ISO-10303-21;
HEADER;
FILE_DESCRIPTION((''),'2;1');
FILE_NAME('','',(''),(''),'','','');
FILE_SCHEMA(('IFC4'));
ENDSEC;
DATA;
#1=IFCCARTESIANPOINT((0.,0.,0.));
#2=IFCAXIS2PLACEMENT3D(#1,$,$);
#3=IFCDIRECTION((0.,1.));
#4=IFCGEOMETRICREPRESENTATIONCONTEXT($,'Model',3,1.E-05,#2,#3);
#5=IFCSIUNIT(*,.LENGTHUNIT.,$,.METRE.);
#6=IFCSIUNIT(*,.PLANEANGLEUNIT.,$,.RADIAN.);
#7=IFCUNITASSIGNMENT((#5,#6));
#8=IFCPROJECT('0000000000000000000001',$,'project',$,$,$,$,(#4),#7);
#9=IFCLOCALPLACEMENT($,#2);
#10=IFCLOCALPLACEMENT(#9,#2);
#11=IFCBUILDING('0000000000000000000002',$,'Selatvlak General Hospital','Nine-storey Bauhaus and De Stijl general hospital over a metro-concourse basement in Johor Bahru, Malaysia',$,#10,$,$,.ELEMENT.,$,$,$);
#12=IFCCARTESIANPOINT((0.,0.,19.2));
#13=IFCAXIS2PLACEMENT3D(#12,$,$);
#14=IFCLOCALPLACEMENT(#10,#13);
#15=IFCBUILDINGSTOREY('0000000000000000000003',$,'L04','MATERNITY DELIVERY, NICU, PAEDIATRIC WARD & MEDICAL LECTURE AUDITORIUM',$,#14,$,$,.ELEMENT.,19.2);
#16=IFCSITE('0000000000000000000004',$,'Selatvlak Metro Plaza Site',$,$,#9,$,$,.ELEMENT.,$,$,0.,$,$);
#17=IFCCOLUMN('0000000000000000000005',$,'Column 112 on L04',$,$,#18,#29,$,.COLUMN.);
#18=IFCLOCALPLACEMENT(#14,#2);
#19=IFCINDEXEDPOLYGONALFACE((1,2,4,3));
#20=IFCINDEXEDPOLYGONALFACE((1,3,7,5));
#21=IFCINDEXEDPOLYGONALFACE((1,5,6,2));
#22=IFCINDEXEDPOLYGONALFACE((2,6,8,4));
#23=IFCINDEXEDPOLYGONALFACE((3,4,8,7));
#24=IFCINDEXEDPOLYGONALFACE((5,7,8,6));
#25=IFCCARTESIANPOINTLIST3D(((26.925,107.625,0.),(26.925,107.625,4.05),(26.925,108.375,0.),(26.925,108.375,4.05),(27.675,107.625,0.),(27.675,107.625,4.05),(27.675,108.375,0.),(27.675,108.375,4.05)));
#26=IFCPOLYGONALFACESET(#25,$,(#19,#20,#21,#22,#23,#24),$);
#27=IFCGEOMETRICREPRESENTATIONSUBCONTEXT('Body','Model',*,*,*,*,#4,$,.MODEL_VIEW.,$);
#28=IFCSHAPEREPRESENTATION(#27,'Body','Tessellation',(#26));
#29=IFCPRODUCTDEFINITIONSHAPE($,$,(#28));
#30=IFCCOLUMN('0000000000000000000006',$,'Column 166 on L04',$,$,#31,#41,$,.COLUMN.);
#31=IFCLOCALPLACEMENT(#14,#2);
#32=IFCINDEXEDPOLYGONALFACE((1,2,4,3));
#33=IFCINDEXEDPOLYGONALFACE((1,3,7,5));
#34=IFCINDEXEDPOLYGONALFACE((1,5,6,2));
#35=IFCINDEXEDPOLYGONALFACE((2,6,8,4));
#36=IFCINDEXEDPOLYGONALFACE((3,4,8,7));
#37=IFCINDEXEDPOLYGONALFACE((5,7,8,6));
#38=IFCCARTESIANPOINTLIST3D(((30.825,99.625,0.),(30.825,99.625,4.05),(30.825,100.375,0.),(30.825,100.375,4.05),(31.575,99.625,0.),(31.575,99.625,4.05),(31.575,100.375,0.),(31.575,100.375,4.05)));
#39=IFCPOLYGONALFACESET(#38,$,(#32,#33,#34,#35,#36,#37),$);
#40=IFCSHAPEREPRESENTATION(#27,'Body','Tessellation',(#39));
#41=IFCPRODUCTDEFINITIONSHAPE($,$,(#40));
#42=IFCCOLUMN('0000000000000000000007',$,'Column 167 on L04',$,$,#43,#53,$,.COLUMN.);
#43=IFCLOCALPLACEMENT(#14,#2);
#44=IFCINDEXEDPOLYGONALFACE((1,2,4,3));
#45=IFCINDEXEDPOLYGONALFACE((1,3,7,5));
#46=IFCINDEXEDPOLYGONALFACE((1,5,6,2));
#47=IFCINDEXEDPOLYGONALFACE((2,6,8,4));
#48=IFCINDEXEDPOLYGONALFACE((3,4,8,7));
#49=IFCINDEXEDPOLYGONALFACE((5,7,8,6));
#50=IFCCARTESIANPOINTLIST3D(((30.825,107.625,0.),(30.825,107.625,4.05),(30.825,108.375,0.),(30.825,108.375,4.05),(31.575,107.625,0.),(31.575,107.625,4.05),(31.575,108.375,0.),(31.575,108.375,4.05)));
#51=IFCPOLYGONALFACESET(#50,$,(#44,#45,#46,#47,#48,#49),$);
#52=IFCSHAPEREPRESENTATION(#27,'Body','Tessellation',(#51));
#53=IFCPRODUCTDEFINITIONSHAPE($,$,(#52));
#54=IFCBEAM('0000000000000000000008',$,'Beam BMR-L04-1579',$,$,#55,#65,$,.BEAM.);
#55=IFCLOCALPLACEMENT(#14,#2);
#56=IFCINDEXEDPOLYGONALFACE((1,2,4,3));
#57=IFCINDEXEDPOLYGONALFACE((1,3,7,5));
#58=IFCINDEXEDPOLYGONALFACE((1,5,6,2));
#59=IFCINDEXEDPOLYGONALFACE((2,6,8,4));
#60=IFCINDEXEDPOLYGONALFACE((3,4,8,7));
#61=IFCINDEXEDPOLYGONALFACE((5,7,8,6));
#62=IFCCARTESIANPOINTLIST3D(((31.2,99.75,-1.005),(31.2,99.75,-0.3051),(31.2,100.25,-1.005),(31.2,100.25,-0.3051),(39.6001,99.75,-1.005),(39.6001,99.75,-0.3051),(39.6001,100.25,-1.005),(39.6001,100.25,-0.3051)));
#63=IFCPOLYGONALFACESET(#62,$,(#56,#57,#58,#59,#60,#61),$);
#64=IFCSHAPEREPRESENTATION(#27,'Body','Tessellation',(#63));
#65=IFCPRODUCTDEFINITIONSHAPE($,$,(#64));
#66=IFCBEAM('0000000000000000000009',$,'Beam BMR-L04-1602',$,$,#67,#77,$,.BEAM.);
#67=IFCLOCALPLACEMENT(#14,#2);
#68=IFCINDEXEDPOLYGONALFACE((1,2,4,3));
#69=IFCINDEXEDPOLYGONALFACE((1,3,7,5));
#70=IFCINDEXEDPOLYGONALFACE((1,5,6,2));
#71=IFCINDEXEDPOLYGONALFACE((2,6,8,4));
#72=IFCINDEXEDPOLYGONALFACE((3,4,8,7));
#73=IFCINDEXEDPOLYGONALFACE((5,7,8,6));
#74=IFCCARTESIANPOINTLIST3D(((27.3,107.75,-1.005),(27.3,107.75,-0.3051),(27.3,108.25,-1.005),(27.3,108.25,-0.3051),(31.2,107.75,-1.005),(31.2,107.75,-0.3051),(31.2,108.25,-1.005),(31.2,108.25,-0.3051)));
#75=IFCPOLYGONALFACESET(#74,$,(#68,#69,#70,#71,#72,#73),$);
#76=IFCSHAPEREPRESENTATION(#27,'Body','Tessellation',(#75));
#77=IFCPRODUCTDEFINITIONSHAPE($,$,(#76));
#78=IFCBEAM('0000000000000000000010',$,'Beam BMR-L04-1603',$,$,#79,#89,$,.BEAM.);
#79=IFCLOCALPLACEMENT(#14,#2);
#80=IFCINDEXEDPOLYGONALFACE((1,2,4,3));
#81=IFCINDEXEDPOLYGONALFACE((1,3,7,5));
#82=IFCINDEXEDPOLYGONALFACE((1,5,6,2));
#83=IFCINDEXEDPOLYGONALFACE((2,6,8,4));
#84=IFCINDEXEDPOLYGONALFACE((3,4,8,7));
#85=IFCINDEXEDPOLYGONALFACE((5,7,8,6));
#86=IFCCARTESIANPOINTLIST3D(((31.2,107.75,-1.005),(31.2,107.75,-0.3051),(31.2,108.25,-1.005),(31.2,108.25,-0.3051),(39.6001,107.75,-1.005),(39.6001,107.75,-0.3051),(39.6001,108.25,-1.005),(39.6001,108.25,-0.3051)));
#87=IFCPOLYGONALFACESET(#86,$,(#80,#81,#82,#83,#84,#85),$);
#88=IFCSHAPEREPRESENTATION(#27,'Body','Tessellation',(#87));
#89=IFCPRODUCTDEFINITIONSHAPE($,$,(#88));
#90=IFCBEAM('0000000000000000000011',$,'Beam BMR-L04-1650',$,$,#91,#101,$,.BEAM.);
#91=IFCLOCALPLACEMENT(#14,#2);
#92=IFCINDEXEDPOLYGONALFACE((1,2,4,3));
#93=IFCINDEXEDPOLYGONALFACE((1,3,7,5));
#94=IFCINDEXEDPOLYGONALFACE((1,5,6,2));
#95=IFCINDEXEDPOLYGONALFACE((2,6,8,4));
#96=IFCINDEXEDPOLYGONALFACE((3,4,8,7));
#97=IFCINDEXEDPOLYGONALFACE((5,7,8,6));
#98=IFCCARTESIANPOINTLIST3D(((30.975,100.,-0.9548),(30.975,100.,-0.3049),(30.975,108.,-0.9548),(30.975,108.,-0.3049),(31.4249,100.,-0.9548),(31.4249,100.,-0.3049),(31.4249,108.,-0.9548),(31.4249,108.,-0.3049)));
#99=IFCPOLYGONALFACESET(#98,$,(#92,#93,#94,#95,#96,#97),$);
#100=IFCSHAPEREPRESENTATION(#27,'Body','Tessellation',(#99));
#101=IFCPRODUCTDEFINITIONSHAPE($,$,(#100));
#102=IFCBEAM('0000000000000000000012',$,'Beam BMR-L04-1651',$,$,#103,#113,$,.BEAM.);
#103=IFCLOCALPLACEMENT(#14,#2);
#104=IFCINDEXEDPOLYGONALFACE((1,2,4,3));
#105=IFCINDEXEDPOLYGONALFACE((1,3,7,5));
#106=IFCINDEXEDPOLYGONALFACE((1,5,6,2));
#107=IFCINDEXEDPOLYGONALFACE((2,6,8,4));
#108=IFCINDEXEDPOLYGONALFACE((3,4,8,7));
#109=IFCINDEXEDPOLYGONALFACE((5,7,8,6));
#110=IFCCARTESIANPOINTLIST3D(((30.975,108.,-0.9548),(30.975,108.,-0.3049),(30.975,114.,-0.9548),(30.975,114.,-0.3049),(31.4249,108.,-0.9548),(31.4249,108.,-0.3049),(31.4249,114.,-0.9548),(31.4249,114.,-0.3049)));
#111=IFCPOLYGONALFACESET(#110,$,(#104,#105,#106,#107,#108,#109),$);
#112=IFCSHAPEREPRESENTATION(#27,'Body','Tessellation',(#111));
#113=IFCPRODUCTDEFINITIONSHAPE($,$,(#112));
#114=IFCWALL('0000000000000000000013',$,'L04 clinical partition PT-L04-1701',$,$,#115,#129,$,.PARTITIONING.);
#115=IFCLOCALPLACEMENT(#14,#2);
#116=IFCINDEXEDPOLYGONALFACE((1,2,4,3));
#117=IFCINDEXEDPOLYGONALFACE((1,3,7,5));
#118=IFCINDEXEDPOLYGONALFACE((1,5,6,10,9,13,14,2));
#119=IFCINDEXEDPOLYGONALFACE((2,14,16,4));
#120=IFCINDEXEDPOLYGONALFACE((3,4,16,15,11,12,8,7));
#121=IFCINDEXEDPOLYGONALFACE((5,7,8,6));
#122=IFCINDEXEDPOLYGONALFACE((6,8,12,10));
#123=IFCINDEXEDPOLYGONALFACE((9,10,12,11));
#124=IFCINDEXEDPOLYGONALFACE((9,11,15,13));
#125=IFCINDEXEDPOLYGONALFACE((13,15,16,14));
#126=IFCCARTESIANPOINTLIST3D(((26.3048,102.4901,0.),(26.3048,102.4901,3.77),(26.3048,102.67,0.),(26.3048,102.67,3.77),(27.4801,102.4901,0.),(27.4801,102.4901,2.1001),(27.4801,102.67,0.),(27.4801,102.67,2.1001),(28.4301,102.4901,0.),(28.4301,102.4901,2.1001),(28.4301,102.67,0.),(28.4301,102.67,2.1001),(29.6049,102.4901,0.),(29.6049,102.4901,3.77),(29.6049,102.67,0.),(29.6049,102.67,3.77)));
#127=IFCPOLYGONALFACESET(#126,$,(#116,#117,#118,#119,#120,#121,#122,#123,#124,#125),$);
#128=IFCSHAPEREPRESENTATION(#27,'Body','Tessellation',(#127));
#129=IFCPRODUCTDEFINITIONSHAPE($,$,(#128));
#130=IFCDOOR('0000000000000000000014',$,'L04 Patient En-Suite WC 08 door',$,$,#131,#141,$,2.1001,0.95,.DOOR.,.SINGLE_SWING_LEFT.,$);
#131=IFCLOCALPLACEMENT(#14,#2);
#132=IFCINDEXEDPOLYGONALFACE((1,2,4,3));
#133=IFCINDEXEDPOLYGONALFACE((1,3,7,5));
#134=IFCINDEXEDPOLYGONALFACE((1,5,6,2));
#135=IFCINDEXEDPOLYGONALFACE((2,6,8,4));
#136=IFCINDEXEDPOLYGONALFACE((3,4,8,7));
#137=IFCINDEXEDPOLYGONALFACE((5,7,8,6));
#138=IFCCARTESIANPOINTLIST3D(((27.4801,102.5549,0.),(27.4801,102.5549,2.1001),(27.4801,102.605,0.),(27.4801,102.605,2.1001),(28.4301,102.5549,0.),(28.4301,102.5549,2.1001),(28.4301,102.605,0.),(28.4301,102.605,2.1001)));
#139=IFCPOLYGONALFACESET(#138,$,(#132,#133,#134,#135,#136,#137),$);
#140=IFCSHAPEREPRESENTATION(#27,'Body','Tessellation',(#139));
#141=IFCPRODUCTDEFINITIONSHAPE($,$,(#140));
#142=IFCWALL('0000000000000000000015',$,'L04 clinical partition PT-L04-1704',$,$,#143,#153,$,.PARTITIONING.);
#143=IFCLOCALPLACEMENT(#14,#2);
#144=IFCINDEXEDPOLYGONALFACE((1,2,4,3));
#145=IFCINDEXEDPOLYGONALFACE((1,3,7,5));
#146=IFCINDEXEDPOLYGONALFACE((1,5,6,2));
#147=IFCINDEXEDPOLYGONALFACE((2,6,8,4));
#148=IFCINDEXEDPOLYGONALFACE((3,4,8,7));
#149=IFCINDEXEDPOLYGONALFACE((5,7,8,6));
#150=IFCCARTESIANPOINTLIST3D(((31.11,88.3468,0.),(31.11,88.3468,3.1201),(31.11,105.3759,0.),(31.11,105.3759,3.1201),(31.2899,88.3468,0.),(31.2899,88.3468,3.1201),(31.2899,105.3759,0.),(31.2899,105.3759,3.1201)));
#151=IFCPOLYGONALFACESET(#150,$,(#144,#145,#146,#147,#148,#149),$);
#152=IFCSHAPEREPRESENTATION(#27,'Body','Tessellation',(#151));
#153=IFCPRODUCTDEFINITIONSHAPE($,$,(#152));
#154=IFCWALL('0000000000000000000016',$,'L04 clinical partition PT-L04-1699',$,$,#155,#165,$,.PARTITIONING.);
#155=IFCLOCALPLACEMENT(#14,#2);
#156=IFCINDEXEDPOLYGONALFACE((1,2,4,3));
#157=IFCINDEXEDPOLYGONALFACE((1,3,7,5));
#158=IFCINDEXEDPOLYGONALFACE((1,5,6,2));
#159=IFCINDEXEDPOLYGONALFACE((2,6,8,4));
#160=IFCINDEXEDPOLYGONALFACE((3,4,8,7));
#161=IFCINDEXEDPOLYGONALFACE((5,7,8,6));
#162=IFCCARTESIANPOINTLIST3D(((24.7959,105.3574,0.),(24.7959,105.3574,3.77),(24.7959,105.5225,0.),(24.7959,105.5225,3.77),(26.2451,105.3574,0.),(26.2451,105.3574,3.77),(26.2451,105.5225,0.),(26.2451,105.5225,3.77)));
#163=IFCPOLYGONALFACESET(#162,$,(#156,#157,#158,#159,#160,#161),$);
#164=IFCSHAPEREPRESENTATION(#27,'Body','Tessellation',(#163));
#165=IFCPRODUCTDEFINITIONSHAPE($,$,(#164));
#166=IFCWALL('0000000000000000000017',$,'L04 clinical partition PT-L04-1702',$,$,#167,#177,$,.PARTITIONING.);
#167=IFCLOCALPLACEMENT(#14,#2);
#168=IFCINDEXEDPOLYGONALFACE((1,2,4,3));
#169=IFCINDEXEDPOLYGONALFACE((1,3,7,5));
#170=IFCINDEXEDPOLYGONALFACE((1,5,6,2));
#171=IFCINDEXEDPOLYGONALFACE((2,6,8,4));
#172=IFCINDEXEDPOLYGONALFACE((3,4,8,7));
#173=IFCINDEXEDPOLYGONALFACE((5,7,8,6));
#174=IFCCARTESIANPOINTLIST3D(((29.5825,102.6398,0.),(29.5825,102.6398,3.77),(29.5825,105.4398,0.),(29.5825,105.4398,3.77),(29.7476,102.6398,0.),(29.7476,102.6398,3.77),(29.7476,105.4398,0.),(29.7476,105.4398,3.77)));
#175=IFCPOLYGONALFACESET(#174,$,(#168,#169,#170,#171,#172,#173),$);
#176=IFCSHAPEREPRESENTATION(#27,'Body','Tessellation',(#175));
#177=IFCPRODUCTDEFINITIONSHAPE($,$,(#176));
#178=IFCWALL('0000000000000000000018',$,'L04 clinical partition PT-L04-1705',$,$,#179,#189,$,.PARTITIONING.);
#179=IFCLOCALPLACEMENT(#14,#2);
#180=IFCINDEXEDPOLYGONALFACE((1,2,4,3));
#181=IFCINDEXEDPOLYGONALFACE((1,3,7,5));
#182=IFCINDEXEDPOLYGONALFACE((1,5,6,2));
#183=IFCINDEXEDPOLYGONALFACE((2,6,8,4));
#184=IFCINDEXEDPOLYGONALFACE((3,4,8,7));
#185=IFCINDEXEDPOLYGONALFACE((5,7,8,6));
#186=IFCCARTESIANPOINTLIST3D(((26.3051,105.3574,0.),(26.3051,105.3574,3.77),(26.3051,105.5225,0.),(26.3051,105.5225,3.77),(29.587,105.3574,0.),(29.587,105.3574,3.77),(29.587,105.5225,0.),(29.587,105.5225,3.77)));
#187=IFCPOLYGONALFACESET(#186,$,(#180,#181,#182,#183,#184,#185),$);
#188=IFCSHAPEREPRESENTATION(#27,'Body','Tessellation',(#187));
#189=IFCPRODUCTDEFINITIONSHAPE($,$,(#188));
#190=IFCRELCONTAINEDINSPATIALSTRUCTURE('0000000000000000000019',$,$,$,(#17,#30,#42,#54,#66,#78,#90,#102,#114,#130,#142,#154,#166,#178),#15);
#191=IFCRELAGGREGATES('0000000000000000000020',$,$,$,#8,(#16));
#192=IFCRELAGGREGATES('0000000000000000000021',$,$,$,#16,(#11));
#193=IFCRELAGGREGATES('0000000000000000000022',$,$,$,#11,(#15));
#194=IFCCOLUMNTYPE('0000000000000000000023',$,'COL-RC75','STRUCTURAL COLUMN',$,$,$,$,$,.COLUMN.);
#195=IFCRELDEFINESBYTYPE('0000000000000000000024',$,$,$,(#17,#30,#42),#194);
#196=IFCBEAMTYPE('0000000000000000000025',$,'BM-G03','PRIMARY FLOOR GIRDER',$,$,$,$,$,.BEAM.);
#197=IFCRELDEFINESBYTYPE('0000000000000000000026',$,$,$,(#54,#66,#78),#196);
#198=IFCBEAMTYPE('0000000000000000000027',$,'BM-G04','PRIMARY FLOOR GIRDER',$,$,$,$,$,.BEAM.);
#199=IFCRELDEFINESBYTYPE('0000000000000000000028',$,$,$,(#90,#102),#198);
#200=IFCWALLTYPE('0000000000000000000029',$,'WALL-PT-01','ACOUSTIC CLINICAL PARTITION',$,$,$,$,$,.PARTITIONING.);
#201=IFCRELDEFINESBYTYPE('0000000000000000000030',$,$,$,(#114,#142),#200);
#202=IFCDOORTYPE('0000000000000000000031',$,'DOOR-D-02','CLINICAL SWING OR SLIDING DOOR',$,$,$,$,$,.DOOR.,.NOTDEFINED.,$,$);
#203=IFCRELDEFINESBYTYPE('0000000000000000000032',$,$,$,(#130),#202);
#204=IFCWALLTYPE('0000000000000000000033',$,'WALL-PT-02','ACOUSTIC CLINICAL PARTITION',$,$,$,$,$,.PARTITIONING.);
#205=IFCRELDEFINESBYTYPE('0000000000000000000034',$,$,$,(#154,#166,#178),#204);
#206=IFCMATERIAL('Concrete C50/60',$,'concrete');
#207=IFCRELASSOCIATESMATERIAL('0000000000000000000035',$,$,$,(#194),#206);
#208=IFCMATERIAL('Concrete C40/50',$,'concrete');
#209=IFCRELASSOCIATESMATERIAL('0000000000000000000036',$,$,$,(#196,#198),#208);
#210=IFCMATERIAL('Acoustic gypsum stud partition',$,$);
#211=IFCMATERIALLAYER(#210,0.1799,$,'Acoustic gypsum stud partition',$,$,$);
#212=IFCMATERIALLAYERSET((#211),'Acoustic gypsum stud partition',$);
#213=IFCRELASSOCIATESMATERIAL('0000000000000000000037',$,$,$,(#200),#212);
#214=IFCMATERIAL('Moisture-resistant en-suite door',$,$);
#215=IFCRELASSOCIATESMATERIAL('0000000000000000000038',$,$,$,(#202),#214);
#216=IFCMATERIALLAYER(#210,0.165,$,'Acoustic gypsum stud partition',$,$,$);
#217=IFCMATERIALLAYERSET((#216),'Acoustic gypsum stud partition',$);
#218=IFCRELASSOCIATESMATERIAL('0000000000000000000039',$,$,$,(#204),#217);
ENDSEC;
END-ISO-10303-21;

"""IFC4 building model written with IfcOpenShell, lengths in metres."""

from ifc_helpers import new_model, si_unit, direction, frame, frame_2d, origin, origin_2d, place, context, subcontext, project, spatial, rectangle, extrude, material, layer, layer_set, material_profile, profile_set, type_object, element, fill, save


model = new_model("IFC4")

# Units and contexts
model_context = context("Model", 3, precision=1e-05, world=origin(), true_north=direction((0.0, 1.0)))
body_context = subcontext(model_context, "Body", "Model", "MODEL_VIEW")
ifc_project = project(units=[si_unit("LENGTHUNIT", "METRE"), si_unit("PLANEANGLEUNIT", "RADIAN")], contexts=[model_context])

# Site, building, storey
site_placement = place(None, origin())
site = spatial("IfcSite", under=ifc_project, at=site_placement, Name="Selatvlak Metro Plaza Site", CompositionType="ELEMENT", RefElevation=0.0)
building_placement = place(site_placement, origin())
building = spatial("IfcBuilding", under=site, at=building_placement, Name="Selatvlak General Hospital", Description="Nine-storey Bauhaus and De Stijl general hospital over a metro-concourse basement in Johor Bahru, Malaysia", CompositionType="ELEMENT")
storey_placement = place(building_placement, frame((0.0, 0.0, 19.2)))
storey = spatial("IfcBuildingStorey", under=building, at=storey_placement, Name="L04", Description="MATERNITY DELIVERY, NICU, PAEDIATRIC WARD & MEDICAL LECTURE AUDITORIUM", CompositionType="ELEMENT", Elevation=19.2)

# Columns
ifc_material_1 = material(Name="Concrete C50/60", Category="concrete")
ifc_material_profile_1 = material_profile(ifc_material_1, rectangle(XDim=0.75, YDim=0.75, at=origin_2d()), Name="RC-COL 750x750")
ifc_profile_set_1 = profile_set([ifc_material_profile_1], Name="Concrete C50/60")
column_type = type_object("IfcColumnType", Name="COL-RC75", Description="STRUCTURAL COLUMN", PredefinedType="COLUMN", material=ifc_profile_set_1)
for number, where, z_axis, x_axis, name in (
    (1, (27.3, 108.0, 0.0), (0.0, 0.0, 1.0), (1.0, 0.0, 0.0), "Column 112 on L04"),
    (2, (31.2, 100.0, 0.0), (0.0, 0.0, 1.0), (1.0, 0.0, 0.0), "Column 166 on L04"),
    (3, (31.2, 108.0, 0.0), (0.0, 0.0, 1.0), (1.0, 0.0, 0.0), "Column 167 on L04"),
):
    element("IfcColumn", number, at=place(storey_placement, frame(where, z_axis=z_axis, x_axis=x_axis)), inside=storey, type_object=column_type, Name=name, PredefinedType="COLUMN", context=body_context, shape_type="SweptSolid", body=[
        extrude(rectangle(XDim=0.75, YDim=0.75, at=origin_2d()), origin(), (0.0, 0.0, 1.0), 4.05),
    ])

# Beams
ifc_material_2 = material(Name="Concrete C40/50", Category="concrete")
ifc_material_profile_2 = material_profile(ifc_material_2, rectangle(XDim=0.5, YDim=0.7, at=origin_2d()), Name="RC-BM 500x700")
ifc_profile_set_2 = profile_set([ifc_material_profile_2], Name="Concrete C40/50")
beam_type_1 = type_object("IfcBeamType", Name="BM-G03", Description="PRIMARY FLOOR GIRDER", PredefinedType="BEAM", material=ifc_profile_set_2)
beam_1_placement = place(storey_placement, frame((31.2, 100.0, -0.655), z_axis=(1.0, 0.0, 0.0), x_axis=(0.0, 1.0, 0.0)))
element("IfcBeam", 4, at=beam_1_placement, inside=storey, type_object=beam_type_1, Name="Beam BMR-L04-1579", PredefinedType="BEAM", context=body_context, shape_type="SweptSolid", body=[
    extrude(rectangle(XDim=0.5, YDim=0.7, at=origin_2d()), origin(), (0.0, 0.0, 1.0), 8.4001),
])
beam_2_placement = place(storey_placement, frame((27.3, 108.0, -0.655), z_axis=(1.0, 0.0, 0.0), x_axis=(0.0, 1.0, 0.0)))
element("IfcBeam", 5, at=beam_2_placement, inside=storey, type_object=beam_type_1, Name="Beam BMR-L04-1602", PredefinedType="BEAM", context=body_context, shape_type="SweptSolid", body=[
    extrude(rectangle(XDim=0.5, YDim=0.7, at=origin_2d()), origin(), (0.0, 0.0, 1.0), 3.8999),
])
beam_3_placement = place(storey_placement, frame((31.2, 108.0, -0.655), z_axis=(1.0, 0.0, 0.0), x_axis=(0.0, 1.0, 0.0)))
element("IfcBeam", 6, at=beam_3_placement, inside=storey, type_object=beam_type_1, Name="Beam BMR-L04-1603", PredefinedType="BEAM", context=body_context, shape_type="SweptSolid", body=[
    extrude(rectangle(XDim=0.5, YDim=0.7, at=origin_2d()), origin(), (0.0, 0.0, 1.0), 8.4001),
])
ifc_material_profile_3 = material_profile(ifc_material_2, rectangle(XDim=0.45, YDim=0.6499, at=origin_2d()), Name="RC-BM 450x650")
ifc_profile_set_3 = profile_set([ifc_material_profile_3], Name="Concrete C40/50")
beam_type_2 = type_object("IfcBeamType", Name="BM-G04", Description="PRIMARY FLOOR GIRDER", PredefinedType="BEAM", material=ifc_profile_set_3)
beam_4_placement = place(storey_placement, frame((31.2, 100.0, -0.6299), z_axis=(0.0, 1.0, 0.0), x_axis=(-1.0, 0.0, 0.0)))
element("IfcBeam", 7, at=beam_4_placement, inside=storey, type_object=beam_type_2, Name="Beam BMR-L04-1650", PredefinedType="BEAM", context=body_context, shape_type="SweptSolid", body=[
    extrude(rectangle(XDim=0.45, YDim=0.6499, at=origin_2d()), origin(), (0.0, 0.0, 1.0), 8.0),
])
beam_5_placement = place(storey_placement, frame((31.2, 108.0, -0.6299), z_axis=(0.0, 1.0, 0.0), x_axis=(-1.0, 0.0, 0.0)))
element("IfcBeam", 8, at=beam_5_placement, inside=storey, type_object=beam_type_2, Name="Beam BMR-L04-1651", PredefinedType="BEAM", context=body_context, shape_type="SweptSolid", body=[
    extrude(rectangle(XDim=0.45, YDim=0.6499, at=origin_2d()), origin(), (0.0, 0.0, 1.0), 6.0),
])

# Wall, opening, door
ifc_material_3 = material(Name="Acoustic gypsum stud partition")
ifc_layer_1 = layer(ifc_material_3, 0.1799, Name="Acoustic gypsum stud partition")
ifc_layer_set_1 = layer_set([ifc_layer_1], Name="Acoustic gypsum stud partition")
wall_type_1 = type_object("IfcWallType", Name="WALL-PT-01", Description="ACOUSTIC CLINICAL PARTITION", PredefinedType="PARTITIONING", material=ifc_layer_set_1)
wall_1_placement = place(storey_placement, frame((26.3049, 102.5801, 0.0), z_axis=(0.0, 0.0, 1.0), x_axis=(1.0, 0.0, 0.0)))
wall_1 = element("IfcWall", 9, at=wall_1_placement, inside=storey, type_object=wall_type_1, Name="L04 clinical partition PT-L04-1701", PredefinedType="PARTITIONING", context=body_context, shape_type="SweptSolid", body=[
    extrude(rectangle(XDim=3.3, YDim=0.1799, at=frame_2d((1.6499, 0.0))), origin(), (0.0, 0.0, 1.0), 3.77),
])
opening_1_placement = place(wall_1_placement, frame((1.175, 0.0, 0.0)))
opening_1 = element("IfcOpeningElement", 10, at=opening_1_placement, cuts=wall_1, PredefinedType="OPENING", context=body_context, shape_type="SweptSolid", body=[
    extrude(rectangle(XDim=0.95, YDim=2.1001, at=frame_2d((0.4751, 1.05))), frame((0.0, 0.0999, 0.0), z_axis=(0.0, -1.0, 0.0), x_axis=(1.0, 0.0, 0.0)), (0.0, 0.0, 1.0), 0.2),
])
ifc_material_4 = material(Name="Moisture-resistant en-suite door")
door_type_1 = type_object("IfcDoorType", Name="DOOR-D-02", Description="CLINICAL SWING OR SLIDING DOOR", OperationType="NOTDEFINED", PredefinedType="DOOR", material=ifc_material_4)
door_1_placement = place(opening_1_placement, origin())
door_1 = element("IfcDoor", 11, at=door_1_placement, inside=storey, type_object=door_type_1, Name="L04 Patient En-Suite WC 08 door", OperationType="SINGLE_SWING_LEFT", OverallHeight=2.1001, OverallWidth=0.95, PredefinedType="DOOR", context=body_context, shape_type="SweptSolid", body=[
    extrude(rectangle(XDim=0.95, YDim=2.1001, at=frame_2d((0.4751, 1.05))), frame((0.0, 0.0249, 0.0), z_axis=(0.0, -1.0, 0.0), x_axis=(1.0, 0.0, 0.0)), (0.0, 0.0, 1.0), 0.05),
])
fill(opening_1, door_1)

# Walls
wall_2_placement = place(storey_placement, frame((31.2, 105.376, 0.0), z_axis=(0.0, 0.0, 1.0), x_axis=(0.0, -1.0, 0.0)))
element("IfcWall", 12, at=wall_2_placement, inside=storey, type_object=wall_type_1, Name="L04 clinical partition PT-L04-1704", PredefinedType="PARTITIONING", context=body_context, shape_type="SweptSolid", body=[
    extrude(rectangle(XDim=17.0291, YDim=0.1799, at=frame_2d((8.5146, 0.0))), origin(), (0.0, 0.0, 1.0), 3.1201),
])
ifc_layer_2 = layer(ifc_material_3, 0.165, Name="Acoustic gypsum stud partition")
ifc_layer_set_2 = layer_set([ifc_layer_2], Name="Acoustic gypsum stud partition")
wall_type_2 = type_object("IfcWallType", Name="WALL-PT-02", Description="ACOUSTIC CLINICAL PARTITION", PredefinedType="PARTITIONING", material=ifc_layer_set_2)
wall_3_placement = place(storey_placement, frame((24.7959, 105.4399, 0.0), z_axis=(0.0, 0.0, 1.0), x_axis=(1.0, 0.0, 0.0)))
element("IfcWall", 13, at=wall_3_placement, inside=storey, type_object=wall_type_2, Name="L04 clinical partition PT-L04-1699", PredefinedType="PARTITIONING", context=body_context, shape_type="SweptSolid", body=[
    extrude(rectangle(XDim=1.4492, YDim=0.165, at=frame_2d((0.7246, 0.0))), origin(), (0.0, 0.0, 1.0), 3.77),
])
wall_4_placement = place(storey_placement, frame((29.665, 102.6399, 0.0), z_axis=(0.0, 0.0, 1.0), x_axis=(0.0, 1.0, 0.0)))
element("IfcWall", 14, at=wall_4_placement, inside=storey, type_object=wall_type_2, Name="L04 clinical partition PT-L04-1702", PredefinedType="PARTITIONING", context=body_context, shape_type="SweptSolid", body=[
    extrude(rectangle(XDim=2.8, YDim=0.165, at=frame_2d((1.3999, 0.0))), origin(), (0.0, 0.0, 1.0), 3.77),
])
wall_5_placement = place(storey_placement, frame((26.3049, 105.4399, 0.0), z_axis=(0.0, 0.0, 1.0), x_axis=(1.0, 0.0, 0.0)))
element("IfcWall", 15, at=wall_5_placement, inside=storey, type_object=wall_type_2, Name="L04 clinical partition PT-L04-1705", PredefinedType="PARTITIONING", context=body_context, shape_type="SweptSolid", body=[
    extrude(rectangle(XDim=3.282, YDim=0.165, at=frame_2d((1.6411, 0.0))), origin(), (0.0, 0.0, 1.0), 3.77),
])

save(model, "model.ifc")
